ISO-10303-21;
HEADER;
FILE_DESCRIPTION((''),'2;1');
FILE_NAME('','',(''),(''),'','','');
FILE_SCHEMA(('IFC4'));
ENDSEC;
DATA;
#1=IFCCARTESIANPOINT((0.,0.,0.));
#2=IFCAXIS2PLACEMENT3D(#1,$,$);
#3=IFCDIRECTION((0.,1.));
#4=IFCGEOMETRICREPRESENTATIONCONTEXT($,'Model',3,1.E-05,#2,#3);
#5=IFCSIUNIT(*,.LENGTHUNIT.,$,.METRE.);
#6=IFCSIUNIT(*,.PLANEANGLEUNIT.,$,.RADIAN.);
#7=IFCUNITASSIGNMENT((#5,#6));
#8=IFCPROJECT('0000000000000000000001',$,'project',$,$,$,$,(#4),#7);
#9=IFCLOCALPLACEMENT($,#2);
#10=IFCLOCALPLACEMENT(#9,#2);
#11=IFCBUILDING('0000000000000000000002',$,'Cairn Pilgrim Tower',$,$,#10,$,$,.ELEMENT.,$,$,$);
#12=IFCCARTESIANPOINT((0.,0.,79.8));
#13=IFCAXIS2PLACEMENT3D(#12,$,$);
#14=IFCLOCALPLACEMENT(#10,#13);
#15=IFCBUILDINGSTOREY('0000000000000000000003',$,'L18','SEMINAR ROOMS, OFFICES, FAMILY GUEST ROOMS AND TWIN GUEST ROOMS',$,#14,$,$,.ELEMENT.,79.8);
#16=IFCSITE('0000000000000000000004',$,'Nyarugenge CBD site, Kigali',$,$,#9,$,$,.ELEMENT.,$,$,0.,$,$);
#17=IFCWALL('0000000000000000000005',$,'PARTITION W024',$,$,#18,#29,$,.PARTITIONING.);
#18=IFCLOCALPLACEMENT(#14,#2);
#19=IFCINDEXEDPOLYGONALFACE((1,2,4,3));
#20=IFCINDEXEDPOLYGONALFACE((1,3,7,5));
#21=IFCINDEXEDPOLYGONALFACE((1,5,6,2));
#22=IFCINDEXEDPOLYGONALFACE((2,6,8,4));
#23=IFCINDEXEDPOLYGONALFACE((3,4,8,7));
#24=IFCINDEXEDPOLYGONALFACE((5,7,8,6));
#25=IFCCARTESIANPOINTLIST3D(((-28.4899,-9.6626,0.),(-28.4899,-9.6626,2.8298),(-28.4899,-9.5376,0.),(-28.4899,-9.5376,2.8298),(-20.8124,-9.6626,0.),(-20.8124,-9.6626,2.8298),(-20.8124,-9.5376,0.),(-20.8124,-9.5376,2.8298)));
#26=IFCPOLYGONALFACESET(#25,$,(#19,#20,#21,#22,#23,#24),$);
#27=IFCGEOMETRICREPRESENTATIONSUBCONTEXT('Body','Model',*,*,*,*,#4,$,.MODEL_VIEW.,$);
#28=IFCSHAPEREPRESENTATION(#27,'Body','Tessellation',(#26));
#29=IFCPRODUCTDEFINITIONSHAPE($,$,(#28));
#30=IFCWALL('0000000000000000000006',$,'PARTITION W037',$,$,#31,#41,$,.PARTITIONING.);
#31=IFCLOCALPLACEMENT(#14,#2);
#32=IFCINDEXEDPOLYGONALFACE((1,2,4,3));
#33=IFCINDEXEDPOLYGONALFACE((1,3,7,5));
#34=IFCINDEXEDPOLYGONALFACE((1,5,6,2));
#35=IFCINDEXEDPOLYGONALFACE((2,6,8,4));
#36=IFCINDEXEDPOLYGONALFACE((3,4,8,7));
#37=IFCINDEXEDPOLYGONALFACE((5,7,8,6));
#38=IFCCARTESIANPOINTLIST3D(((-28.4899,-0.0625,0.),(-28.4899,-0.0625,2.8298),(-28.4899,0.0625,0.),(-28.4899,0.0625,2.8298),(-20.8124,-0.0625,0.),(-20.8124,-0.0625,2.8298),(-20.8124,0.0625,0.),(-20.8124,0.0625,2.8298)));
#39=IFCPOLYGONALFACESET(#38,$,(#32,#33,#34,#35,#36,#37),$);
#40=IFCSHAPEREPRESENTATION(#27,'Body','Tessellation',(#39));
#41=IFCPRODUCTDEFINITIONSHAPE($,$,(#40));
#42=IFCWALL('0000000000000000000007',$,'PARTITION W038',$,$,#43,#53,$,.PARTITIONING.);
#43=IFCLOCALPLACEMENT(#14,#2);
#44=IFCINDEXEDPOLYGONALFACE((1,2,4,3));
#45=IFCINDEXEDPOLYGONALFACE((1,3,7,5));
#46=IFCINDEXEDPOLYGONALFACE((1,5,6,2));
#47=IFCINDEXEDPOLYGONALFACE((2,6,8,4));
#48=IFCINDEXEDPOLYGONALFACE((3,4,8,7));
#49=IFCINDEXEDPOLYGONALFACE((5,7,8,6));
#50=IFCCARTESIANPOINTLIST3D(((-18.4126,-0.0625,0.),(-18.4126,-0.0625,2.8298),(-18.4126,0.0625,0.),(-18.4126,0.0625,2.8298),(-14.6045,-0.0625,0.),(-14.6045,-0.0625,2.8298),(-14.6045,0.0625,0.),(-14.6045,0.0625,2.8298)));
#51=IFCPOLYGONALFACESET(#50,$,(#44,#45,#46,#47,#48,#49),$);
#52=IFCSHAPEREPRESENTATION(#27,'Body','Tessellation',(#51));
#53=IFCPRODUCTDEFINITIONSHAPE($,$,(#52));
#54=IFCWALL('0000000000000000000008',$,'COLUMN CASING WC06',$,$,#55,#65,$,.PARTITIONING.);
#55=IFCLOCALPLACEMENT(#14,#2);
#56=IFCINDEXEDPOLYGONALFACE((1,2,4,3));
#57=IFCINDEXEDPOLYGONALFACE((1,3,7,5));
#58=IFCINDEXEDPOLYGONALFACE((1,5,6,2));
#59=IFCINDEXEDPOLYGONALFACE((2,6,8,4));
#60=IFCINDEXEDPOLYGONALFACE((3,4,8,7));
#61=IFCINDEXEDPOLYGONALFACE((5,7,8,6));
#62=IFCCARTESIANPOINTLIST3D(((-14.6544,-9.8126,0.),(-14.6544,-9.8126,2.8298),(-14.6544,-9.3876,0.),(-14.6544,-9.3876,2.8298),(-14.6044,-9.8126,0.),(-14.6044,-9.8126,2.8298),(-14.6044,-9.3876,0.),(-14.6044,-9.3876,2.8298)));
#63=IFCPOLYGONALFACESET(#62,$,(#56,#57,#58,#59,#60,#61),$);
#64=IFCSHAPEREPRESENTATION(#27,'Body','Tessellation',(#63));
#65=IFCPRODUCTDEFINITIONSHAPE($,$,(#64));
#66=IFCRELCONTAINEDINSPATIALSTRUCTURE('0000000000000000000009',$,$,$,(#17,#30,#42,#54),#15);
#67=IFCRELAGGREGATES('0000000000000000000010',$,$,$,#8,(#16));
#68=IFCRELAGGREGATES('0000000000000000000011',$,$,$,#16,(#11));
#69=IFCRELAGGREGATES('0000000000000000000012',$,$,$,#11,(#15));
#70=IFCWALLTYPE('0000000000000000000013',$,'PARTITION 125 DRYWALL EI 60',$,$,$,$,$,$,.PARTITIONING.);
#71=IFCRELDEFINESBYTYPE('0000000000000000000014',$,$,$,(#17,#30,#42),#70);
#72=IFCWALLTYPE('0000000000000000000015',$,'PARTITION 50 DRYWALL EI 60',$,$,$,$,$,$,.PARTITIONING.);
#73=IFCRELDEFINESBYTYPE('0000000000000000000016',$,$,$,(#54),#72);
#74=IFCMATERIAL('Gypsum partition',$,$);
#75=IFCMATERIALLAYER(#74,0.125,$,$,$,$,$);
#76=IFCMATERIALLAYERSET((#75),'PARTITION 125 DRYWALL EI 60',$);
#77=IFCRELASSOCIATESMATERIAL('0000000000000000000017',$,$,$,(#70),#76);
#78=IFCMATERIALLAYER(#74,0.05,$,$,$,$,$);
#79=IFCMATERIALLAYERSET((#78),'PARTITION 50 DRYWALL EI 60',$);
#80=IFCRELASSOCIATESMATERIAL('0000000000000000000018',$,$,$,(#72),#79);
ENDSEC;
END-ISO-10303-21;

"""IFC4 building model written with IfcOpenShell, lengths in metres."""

from ifc_helpers import new_model, si_unit, direction, frame, frame_2d, origin, place, context, subcontext, project, spatial, rectangle, extrude, material, layer, layer_set, type_object, element, save


model = new_model("IFC4")

# Units and contexts
model_context = context("Model", 3, precision=1e-05, world=origin(), true_north=direction((0.0, 1.0)))
body_context = subcontext(model_context, "Body", "Model", "MODEL_VIEW")
ifc_project = project(units=[si_unit("LENGTHUNIT", "METRE"), si_unit("PLANEANGLEUNIT", "RADIAN")], contexts=[model_context])

# Site, building, storey
site_placement = place(None, origin())
site = spatial("IfcSite", under=ifc_project, at=site_placement, Name="Nyarugenge CBD site, Kigali", CompositionType="ELEMENT", RefElevation=0.0)
building_placement = place(site_placement, origin())
building = spatial("IfcBuilding", under=site, at=building_placement, Name="Cairn Pilgrim Tower", CompositionType="ELEMENT")
storey_placement = place(building_placement, frame((0.0, 0.0, 79.8)))
storey = spatial("IfcBuildingStorey", under=building, at=storey_placement, Name="L18", Description="SEMINAR ROOMS, OFFICES, FAMILY GUEST ROOMS AND TWIN GUEST ROOMS", CompositionType="ELEMENT", Elevation=79.8)

# Shared definitions
ifc_material_1 = material(Name="Gypsum partition")

# Walls
ifc_layer_1 = layer(ifc_material_1, 0.125)
ifc_layer_set_1 = layer_set([ifc_layer_1], Name="PARTITION 125 DRYWALL EI 60")
wall_type_1 = type_object("IfcWallType", Name="PARTITION 125 DRYWALL EI 60", PredefinedType="PARTITIONING", material=ifc_layer_set_1)
for number, where, z_axis, x_axis, name in (
    (1, (-28.49, -9.6001, 0.0), (0.0, 0.0, 1.0), (1.0, 0.0, 0.0), "PARTITION W024"),
    (2, (-28.49, 0.0, 0.0), (0.0, 0.0, 1.0), (1.0, 0.0, 0.0), "PARTITION W037"),
):
    element("IfcWall", number, at=place(storey_placement, frame(where, z_axis=z_axis, x_axis=x_axis)), inside=storey, type_object=wall_type_1, Name=name, PredefinedType="PARTITIONING", context=body_context, shape_type="SweptSolid", body=[
        extrude(rectangle(XDim=7.6775, YDim=0.125, at=frame_2d((3.8389, 0.0))), origin(), (0.0, 0.0, 1.0), 2.8298),
    ])
wall_1_placement = place(storey_placement, frame((-18.4126, 0.0, 0.0), z_axis=(0.0, 0.0, 1.0), x_axis=(1.0, 0.0, 0.0)))
element("IfcWall", 3, at=wall_1_placement, inside=storey, type_object=wall_type_1, Name="PARTITION W038", PredefinedType="PARTITIONING", context=body_context, shape_type="SweptSolid", body=[
    extrude(rectangle(XDim=3.8081, YDim=0.125, at=frame_2d((1.9041, 0.0))), origin(), (0.0, 0.0, 1.0), 2.8298),
])
ifc_layer_2 = layer(ifc_material_1, 0.05)
ifc_layer_set_2 = layer_set([ifc_layer_2], Name="PARTITION 50 DRYWALL EI 60")
wall_type_2 = type_object("IfcWallType", Name="PARTITION 50 DRYWALL EI 60", PredefinedType="PARTITIONING", material=ifc_layer_set_2)
wall_2_placement = place(storey_placement, frame((-14.6294, -9.8125, 0.0), z_axis=(0.0, 0.0, 1.0), x_axis=(0.0, 1.0, 0.0)))
element("IfcWall", 4, at=wall_2_placement, inside=storey, type_object=wall_type_2, Name="COLUMN CASING WC06", PredefinedType="PARTITIONING", context=body_context, shape_type="SweptSolid", body=[
    extrude(rectangle(XDim=0.425, YDim=0.05, at=frame_2d((0.2124, 0.0))), origin(), (0.0, 0.0, 1.0), 2.8298),
])

save(model, "model.ifc")
